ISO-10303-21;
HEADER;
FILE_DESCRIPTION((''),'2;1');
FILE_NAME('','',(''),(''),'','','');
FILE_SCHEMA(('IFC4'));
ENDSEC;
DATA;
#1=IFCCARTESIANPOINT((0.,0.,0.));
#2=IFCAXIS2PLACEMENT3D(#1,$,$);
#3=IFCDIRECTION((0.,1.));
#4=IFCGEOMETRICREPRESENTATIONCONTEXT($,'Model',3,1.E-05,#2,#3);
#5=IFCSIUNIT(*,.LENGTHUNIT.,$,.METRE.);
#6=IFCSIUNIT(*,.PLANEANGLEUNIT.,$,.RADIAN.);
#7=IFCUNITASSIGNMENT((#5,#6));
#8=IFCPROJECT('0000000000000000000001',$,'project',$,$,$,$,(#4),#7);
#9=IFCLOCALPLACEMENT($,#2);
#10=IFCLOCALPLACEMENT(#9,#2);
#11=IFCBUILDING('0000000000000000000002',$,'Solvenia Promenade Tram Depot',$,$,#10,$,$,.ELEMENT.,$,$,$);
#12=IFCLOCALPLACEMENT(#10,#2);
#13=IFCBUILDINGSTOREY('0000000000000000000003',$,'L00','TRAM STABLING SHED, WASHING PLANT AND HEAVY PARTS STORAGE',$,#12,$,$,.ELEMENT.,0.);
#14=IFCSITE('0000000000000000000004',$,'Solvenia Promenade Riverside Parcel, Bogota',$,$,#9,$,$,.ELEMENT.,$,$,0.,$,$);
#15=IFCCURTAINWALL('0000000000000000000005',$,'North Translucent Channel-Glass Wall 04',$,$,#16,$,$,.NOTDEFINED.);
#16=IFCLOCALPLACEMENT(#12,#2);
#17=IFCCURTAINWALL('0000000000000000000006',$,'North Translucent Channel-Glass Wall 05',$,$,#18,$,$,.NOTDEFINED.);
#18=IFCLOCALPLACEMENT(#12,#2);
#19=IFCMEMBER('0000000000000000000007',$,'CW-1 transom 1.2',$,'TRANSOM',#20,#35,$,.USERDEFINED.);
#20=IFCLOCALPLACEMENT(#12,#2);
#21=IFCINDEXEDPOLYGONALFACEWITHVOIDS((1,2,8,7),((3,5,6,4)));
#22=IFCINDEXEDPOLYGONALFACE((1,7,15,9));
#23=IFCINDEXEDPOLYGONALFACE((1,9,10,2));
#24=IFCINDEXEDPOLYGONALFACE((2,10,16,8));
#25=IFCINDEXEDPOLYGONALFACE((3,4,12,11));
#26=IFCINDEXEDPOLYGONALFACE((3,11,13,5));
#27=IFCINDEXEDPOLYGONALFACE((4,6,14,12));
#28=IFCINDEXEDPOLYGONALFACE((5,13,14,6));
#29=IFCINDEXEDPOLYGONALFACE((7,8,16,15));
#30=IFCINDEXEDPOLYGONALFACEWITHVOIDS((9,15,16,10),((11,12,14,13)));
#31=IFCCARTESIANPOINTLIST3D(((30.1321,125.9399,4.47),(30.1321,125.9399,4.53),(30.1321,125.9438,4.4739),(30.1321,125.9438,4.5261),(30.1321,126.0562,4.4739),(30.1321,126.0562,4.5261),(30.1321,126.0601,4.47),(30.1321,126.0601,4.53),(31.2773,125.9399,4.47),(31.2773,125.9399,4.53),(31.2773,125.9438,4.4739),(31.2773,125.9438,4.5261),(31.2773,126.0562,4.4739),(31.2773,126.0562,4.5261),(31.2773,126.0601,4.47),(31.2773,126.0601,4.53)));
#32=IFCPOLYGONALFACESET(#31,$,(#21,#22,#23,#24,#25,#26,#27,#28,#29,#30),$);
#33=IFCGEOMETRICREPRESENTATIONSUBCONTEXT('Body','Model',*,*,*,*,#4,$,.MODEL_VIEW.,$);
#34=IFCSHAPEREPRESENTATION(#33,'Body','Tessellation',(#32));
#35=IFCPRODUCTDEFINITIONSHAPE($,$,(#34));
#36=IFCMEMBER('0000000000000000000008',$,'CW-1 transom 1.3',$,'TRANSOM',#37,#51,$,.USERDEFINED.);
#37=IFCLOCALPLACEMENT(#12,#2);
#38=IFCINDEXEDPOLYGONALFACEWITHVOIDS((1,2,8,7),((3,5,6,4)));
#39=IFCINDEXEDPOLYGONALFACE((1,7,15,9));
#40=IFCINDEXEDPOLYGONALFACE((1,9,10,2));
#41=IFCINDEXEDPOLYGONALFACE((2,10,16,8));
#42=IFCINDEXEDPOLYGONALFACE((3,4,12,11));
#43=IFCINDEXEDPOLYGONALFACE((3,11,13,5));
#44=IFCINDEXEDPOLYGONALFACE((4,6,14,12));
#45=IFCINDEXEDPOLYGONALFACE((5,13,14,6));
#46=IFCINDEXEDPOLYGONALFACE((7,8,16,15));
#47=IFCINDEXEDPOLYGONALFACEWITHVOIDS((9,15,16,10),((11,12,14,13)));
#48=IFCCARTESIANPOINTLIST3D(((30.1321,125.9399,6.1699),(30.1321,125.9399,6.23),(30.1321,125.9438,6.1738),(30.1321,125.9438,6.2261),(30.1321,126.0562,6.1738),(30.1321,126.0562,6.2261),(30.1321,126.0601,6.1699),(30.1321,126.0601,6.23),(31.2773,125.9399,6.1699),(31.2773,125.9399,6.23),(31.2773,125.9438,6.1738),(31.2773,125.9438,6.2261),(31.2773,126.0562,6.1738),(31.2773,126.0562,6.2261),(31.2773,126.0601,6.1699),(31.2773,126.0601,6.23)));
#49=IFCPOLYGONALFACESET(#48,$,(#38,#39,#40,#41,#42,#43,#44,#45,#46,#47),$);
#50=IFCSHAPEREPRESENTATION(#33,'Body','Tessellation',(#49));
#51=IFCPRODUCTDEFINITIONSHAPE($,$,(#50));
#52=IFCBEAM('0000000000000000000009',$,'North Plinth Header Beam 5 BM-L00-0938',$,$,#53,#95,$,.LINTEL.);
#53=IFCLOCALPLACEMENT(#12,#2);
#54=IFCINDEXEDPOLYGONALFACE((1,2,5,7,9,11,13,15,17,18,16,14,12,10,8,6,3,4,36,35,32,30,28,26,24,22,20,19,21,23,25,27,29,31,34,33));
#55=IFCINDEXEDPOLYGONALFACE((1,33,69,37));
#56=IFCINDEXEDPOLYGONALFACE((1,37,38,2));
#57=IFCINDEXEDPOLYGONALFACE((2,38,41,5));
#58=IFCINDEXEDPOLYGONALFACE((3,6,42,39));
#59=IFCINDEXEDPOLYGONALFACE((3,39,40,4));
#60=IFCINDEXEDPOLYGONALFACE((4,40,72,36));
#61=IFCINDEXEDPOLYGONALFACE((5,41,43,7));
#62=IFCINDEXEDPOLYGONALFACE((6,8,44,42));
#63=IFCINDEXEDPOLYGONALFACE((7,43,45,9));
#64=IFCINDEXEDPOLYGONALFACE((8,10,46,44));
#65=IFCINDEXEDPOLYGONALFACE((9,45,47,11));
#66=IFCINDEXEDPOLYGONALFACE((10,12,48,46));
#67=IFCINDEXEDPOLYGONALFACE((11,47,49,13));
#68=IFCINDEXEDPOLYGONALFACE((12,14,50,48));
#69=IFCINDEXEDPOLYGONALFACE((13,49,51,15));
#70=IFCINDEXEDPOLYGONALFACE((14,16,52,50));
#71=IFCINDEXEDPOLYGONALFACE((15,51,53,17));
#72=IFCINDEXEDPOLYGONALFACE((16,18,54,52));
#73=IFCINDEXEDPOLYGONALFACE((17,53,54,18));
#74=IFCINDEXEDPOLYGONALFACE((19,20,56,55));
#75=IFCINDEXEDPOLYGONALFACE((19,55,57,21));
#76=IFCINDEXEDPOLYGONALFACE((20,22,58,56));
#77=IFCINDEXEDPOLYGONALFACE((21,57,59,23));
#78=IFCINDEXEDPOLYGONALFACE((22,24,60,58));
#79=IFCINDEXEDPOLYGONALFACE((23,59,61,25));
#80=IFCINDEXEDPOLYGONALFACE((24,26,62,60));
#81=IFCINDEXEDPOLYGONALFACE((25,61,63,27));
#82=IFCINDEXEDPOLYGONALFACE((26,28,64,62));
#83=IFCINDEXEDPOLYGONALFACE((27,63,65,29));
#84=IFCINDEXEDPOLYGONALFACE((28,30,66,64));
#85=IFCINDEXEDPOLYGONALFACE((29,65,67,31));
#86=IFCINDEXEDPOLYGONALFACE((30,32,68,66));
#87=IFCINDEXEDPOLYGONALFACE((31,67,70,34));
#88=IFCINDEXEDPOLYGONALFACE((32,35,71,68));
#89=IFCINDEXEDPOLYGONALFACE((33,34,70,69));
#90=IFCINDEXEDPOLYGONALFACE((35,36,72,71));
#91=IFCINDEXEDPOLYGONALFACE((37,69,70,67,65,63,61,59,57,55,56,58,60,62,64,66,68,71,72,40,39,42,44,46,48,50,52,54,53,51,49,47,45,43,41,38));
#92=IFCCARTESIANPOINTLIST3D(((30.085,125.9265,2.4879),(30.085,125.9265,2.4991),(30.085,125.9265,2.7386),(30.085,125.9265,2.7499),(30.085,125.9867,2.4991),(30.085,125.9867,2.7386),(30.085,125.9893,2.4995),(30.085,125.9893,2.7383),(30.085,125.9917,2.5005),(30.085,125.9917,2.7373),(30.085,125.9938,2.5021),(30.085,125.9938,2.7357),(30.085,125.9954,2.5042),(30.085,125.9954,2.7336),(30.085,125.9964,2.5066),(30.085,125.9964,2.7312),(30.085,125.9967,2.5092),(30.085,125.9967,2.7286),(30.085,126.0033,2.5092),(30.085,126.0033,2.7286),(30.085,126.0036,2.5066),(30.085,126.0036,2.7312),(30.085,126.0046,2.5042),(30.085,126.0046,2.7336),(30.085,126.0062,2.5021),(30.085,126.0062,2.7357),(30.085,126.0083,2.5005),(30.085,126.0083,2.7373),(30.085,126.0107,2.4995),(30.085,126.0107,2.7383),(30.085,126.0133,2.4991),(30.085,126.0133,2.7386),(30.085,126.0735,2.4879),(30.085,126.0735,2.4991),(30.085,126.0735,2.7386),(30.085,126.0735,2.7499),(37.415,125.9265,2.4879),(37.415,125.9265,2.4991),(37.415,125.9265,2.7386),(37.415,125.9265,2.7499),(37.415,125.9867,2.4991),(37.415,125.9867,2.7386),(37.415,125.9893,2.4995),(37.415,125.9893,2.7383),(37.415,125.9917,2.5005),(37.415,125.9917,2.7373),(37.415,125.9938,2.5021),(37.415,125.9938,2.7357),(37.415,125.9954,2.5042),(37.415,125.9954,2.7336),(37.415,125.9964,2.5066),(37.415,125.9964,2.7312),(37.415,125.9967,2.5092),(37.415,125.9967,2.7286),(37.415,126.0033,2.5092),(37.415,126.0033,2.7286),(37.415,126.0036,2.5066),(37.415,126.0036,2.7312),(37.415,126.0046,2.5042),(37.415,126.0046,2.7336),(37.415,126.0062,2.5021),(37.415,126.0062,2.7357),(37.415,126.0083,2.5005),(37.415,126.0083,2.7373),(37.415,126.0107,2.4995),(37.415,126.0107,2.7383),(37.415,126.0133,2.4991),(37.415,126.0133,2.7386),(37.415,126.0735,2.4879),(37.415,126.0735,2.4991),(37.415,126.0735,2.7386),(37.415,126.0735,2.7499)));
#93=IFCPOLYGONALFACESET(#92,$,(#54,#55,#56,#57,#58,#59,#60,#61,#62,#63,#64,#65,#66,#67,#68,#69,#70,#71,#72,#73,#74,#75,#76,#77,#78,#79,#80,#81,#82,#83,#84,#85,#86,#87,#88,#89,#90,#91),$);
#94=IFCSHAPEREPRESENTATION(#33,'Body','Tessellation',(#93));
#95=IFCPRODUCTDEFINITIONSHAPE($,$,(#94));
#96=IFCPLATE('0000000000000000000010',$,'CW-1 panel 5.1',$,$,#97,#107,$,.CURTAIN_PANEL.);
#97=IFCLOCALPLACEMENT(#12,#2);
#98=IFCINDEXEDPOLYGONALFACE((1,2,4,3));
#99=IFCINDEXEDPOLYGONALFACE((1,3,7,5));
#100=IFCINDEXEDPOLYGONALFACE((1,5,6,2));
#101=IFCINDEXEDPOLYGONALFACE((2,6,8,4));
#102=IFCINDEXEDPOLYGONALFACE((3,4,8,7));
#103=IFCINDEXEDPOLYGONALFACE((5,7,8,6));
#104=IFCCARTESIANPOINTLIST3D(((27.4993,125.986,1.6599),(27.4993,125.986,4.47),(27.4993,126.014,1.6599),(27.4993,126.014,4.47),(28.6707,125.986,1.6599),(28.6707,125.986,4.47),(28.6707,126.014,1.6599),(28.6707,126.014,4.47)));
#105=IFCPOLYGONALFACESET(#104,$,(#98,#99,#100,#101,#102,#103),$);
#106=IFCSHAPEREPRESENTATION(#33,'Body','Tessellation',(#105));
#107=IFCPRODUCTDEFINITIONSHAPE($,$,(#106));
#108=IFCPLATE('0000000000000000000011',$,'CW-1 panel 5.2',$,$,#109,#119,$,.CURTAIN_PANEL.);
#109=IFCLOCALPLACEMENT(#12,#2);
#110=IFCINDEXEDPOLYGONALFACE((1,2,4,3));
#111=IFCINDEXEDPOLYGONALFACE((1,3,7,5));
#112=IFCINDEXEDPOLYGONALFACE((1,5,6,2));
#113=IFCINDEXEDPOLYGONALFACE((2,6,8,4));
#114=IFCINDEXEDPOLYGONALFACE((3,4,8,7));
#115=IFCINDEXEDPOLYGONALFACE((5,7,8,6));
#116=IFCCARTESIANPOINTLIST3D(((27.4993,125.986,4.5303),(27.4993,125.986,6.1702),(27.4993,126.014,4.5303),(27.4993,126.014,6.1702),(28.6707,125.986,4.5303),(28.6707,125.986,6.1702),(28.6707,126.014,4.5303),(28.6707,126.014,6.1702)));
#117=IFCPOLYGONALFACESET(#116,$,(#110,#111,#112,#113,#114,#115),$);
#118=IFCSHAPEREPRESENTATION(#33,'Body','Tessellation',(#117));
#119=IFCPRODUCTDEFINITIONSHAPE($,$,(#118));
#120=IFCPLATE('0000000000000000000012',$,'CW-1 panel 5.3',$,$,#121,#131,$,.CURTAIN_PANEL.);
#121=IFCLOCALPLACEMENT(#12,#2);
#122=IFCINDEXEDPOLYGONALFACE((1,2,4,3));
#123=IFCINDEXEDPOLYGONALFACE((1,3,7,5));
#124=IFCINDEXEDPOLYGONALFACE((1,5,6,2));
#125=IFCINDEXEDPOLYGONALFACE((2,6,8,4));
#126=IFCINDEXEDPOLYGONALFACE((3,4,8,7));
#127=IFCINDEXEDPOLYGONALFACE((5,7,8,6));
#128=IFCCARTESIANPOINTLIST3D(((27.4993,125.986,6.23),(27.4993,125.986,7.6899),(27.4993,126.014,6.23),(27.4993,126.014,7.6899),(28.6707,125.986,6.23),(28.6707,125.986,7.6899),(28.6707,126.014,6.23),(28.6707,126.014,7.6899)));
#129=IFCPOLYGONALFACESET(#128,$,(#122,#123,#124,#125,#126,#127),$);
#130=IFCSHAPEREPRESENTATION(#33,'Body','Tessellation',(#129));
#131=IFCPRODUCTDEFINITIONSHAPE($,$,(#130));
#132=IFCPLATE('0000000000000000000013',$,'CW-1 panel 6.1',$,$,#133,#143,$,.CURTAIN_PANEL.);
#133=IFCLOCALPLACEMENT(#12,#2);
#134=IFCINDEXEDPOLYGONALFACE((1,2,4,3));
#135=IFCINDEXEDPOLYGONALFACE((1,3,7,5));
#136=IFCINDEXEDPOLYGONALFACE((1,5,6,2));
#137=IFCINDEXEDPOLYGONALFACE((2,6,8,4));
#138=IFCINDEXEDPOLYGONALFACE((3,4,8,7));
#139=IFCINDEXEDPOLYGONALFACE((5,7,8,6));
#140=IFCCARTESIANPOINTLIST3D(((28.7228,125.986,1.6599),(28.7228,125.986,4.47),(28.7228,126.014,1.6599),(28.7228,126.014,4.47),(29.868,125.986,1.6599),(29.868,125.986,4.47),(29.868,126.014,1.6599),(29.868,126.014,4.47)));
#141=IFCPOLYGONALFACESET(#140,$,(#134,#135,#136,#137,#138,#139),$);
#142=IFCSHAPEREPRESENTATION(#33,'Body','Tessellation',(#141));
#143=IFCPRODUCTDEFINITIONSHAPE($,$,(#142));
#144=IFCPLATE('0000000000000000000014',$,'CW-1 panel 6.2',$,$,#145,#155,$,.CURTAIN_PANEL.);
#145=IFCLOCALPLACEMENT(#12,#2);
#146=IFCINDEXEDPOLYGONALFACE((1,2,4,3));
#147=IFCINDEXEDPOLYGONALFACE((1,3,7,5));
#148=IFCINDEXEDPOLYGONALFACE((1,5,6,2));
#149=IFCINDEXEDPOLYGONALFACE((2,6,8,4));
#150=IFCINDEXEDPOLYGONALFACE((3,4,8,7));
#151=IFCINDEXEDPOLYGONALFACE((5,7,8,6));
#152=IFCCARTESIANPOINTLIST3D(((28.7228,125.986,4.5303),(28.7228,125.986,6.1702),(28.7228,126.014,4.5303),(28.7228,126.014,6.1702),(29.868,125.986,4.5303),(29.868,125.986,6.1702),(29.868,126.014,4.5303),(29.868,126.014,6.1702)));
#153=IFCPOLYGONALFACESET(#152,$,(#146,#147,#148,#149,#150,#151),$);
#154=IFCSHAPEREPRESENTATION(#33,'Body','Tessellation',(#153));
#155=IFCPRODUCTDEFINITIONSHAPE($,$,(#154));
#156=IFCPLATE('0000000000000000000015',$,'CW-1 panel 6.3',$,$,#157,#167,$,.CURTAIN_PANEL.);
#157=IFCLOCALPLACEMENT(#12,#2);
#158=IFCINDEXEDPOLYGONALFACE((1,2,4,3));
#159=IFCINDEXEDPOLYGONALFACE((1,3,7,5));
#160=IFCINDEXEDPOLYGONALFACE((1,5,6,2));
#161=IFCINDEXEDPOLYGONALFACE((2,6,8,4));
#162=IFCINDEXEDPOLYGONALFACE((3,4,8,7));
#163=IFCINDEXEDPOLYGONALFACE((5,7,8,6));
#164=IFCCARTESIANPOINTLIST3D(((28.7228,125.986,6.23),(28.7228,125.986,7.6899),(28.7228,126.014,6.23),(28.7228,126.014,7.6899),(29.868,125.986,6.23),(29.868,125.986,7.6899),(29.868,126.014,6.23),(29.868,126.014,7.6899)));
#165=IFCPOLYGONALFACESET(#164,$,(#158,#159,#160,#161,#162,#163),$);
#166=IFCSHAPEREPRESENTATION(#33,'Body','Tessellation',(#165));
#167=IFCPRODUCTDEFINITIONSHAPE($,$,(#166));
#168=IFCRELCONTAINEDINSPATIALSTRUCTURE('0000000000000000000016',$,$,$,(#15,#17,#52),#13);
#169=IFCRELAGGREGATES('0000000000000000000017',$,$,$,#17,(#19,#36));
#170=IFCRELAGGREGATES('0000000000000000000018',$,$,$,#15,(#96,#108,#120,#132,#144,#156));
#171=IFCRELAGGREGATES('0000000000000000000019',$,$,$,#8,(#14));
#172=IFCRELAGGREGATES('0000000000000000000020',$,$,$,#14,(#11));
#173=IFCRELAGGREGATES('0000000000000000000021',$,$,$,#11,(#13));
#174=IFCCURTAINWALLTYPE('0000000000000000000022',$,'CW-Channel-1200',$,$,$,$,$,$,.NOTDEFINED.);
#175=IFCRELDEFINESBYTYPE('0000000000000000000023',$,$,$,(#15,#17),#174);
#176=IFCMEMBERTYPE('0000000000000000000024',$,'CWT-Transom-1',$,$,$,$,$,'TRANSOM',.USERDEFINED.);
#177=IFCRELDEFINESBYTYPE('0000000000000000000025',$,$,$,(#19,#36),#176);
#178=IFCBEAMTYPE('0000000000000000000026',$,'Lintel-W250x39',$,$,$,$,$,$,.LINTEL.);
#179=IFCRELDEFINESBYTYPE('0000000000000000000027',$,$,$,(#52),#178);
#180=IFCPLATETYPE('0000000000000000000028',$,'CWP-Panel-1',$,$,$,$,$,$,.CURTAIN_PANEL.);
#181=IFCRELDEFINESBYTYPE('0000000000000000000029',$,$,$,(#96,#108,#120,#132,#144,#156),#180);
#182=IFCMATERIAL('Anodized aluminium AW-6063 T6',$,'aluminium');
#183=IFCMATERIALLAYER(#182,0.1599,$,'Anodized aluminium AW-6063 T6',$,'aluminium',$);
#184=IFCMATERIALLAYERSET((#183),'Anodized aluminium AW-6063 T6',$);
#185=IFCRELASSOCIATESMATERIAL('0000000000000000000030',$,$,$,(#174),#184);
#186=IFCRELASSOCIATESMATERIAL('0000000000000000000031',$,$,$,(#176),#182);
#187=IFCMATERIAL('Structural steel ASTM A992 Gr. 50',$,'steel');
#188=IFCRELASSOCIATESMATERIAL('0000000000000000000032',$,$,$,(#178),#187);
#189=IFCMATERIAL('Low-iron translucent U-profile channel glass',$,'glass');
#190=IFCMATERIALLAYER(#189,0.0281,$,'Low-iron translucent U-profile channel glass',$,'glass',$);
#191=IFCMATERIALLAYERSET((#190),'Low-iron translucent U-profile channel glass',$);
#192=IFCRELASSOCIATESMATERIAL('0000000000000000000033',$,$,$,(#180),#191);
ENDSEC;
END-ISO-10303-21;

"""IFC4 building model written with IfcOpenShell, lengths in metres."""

from ifc_helpers import new_model, si_unit, direction, frame, origin, origin_2d, place, context, subcontext, project, spatial, rectangle, hollow_rectangle, i_section, extrude, material, layer, layer_set, material_profile, profile_set, type_object, element, aggregate, save


model = new_model("IFC4")

# Units and contexts
model_context = context("Model", 3, precision=1e-05, world=origin(), true_north=direction((0.0, 1.0)))
body_context = subcontext(model_context, "Body", "Model", "MODEL_VIEW")
ifc_project = project(units=[si_unit("LENGTHUNIT", "METRE"), si_unit("PLANEANGLEUNIT", "RADIAN")], contexts=[model_context])

# Site, building, storey
site_placement = place(None, origin())
site = spatial("IfcSite", under=ifc_project, at=site_placement, Name="Solvenia Promenade Riverside Parcel, Bogota", CompositionType="ELEMENT", RefElevation=0.0)
building_placement = place(site_placement, origin())
building = spatial("IfcBuilding", under=site, at=building_placement, Name="Solvenia Promenade Tram Depot", CompositionType="ELEMENT")
storey_placement = place(building_placement, origin())
storey = spatial("IfcBuildingStorey", under=building, at=storey_placement, Name="L00", Description="TRAM STABLING SHED, WASHING PLANT AND HEAVY PARTS STORAGE", CompositionType="ELEMENT", Elevation=0.0)

# Shared definitions
ifc_material_1 = material(Name="Structural steel ASTM A992 Gr. 50", Category="steel")

# Curtain wall
ifc_material_2 = material(Name="Anodized aluminium AW-6063 T6", Category="aluminium")
ifc_layer_1 = layer(ifc_material_2, 0.1599, Name="Anodized aluminium AW-6063 T6", Category="aluminium")
ifc_layer_set_1 = layer_set([ifc_layer_1], Name="Anodized aluminium AW-6063 T6")
curtain_wall_type = type_object("IfcCurtainWallType", Name="CW-Channel-1200", PredefinedType="NOTDEFINED", material=ifc_layer_set_1)
curtain_wall_1_placement = place(storey_placement, origin())
curtain_wall_1 = element("IfcCurtainWall", 1, at=curtain_wall_1_placement, inside=storey, type_object=curtain_wall_type, Name="North Translucent Channel-Glass Wall 04", PredefinedType="NOTDEFINED")

# Curtain wall
curtain_wall_2_placement = place(storey_placement, origin())
curtain_wall_2 = element("IfcCurtainWall", 2, at=curtain_wall_2_placement, inside=storey, type_object=curtain_wall_type, Name="North Translucent Channel-Glass Wall 05", PredefinedType="NOTDEFINED")

# Members
ifc_material_profile_1 = material_profile(ifc_material_2, hollow_rectangle(XDim=0.1201, YDim=0.0601, WallThickness=0.0039, at=origin_2d()), Name="ALU-T1", Category="aluminium")
ifc_profile_set_1 = profile_set([ifc_material_profile_1], Name="Anodized aluminium AW-6063 T6")
member_type_1 = type_object("IfcMemberType", Name="CWT-Transom-1", ElementType="TRANSOM", PredefinedType="USERDEFINED", material=ifc_profile_set_1)
member_1_placement = place(storey_placement, frame((30.1321, 126.0, 4.5), z_axis=(1.0, 0.0, 0.0), x_axis=(0.0, 1.0, 0.0)))
member_1 = element("IfcMember", 3, at=member_1_placement, type_object=member_type_1, Name="CW-1 transom 1.2", ObjectType="TRANSOM", PredefinedType="USERDEFINED", context=body_context, shape_type="SweptSolid", body=[
    extrude(hollow_rectangle(XDim=0.1201, YDim=0.0601, WallThickness=0.0039, at=origin_2d()), origin(), (0.0, 0.0, 1.0), 1.1453),
])
member_2_placement = place(storey_placement, frame((30.1321, 126.0, 6.2), z_axis=(1.0, 0.0, 0.0), x_axis=(0.0, 1.0, 0.0)))
member_2 = element("IfcMember", 4, at=member_2_placement, type_object=member_type_1, Name="CW-1 transom 1.3", ObjectType="TRANSOM", PredefinedType="USERDEFINED", context=body_context, shape_type="SweptSolid", body=[
    extrude(hollow_rectangle(XDim=0.1201, YDim=0.0601, WallThickness=0.0039, at=origin_2d()), origin(), (0.0, 0.0, 1.0), 1.1453),
])
aggregate(curtain_wall_2, [member_1, member_2])

# Beam
ifc_material_profile_2 = material_profile(ifc_material_1, i_section(OverallWidth=0.147, OverallDepth=0.262, WebThickness=0.0066, FlangeThickness=0.0112, FilletRadius=0.01, at=origin_2d()), Name="W250x39", Category="steel")
ifc_profile_set_2 = profile_set([ifc_material_profile_2], Name="Structural steel ASTM A992 Gr. 50")
beam_type = type_object("IfcBeamType", Name="Lintel-W250x39", PredefinedType="LINTEL", material=ifc_profile_set_2)
beam_placement = place(storey_placement, frame((30.085, 126.0, 2.6189), z_axis=(1.0, 0.0, 0.0), x_axis=(0.0, 1.0, 0.0)))
element("IfcBeam", 5, at=beam_placement, inside=storey, type_object=beam_type, Name="North Plinth Header Beam 5 BM-L00-0938", PredefinedType="LINTEL", context=body_context, shape_type="SweptSolid", body=[
    extrude(i_section(OverallWidth=0.147, OverallDepth=0.262, WebThickness=0.0066, FlangeThickness=0.0112, FilletRadius=0.01, at=origin_2d()), origin(), (0.0, 0.0, 1.0), 7.3301),
])

# Plates
ifc_material_3 = material(Name="Low-iron translucent U-profile channel glass", Category="glass")
ifc_layer_2 = layer(ifc_material_3, 0.0281, Name="Low-iron translucent U-profile channel glass", Category="glass")
ifc_layer_set_2 = layer_set([ifc_layer_2], Name="Low-iron translucent U-profile channel glass")
plate_type = type_object("IfcPlateType", Name="CWP-Panel-1", PredefinedType="CURTAIN_PANEL", material=ifc_layer_set_2)
plate_1_placement = place(storey_placement, frame((28.085, 126.0, 1.6599), z_axis=(0.0, 0.0, 1.0), x_axis=(1.0, 0.0, 0.0)))
plate_1 = element("IfcPlate", 6, at=plate_1_placement, type_object=plate_type, Name="CW-1 panel 5.1", PredefinedType="CURTAIN_PANEL", context=body_context, shape_type="SweptSolid", body=[
    extrude(rectangle(XDim=1.1714, YDim=0.0281, at=origin_2d()), origin(), (0.0, 0.0, 1.0), 2.8101),
])
plate_2_placement = place(storey_placement, frame((28.085, 126.0, 4.5303), z_axis=(0.0, 0.0, 1.0), x_axis=(1.0, 0.0, 0.0)))
plate_2 = element("IfcPlate", 7, at=plate_2_placement, type_object=plate_type, Name="CW-1 panel 5.2", PredefinedType="CURTAIN_PANEL", context=body_context, shape_type="SweptSolid", body=[
    extrude(rectangle(XDim=1.1714, YDim=0.0281, at=origin_2d()), origin(), (0.0, 0.0, 1.0), 1.6399),
])
plate_3_placement = place(storey_placement, frame((28.085, 126.0, 6.23), z_axis=(0.0, 0.0, 1.0), x_axis=(1.0, 0.0, 0.0)))
plate_3 = element("IfcPlate", 8, at=plate_3_placement, type_object=plate_type, Name="CW-1 panel 5.3", PredefinedType="CURTAIN_PANEL", context=body_context, shape_type="SweptSolid", body=[
    extrude(rectangle(XDim=1.1714, YDim=0.0281, at=origin_2d()), origin(), (0.0, 0.0, 1.0), 1.46),
])
plate_4_placement = place(storey_placement, frame((29.2954, 126.0, 1.6599), z_axis=(0.0, 0.0, 1.0), x_axis=(1.0, 0.0, 0.0)))
plate_4 = element("IfcPlate", 9, at=plate_4_placement, type_object=plate_type, Name="CW-1 panel 6.1", PredefinedType="CURTAIN_PANEL", context=body_context, shape_type="SweptSolid", body=[
    extrude(rectangle(XDim=1.1453, YDim=0.0281, at=origin_2d()), origin(), (0.0, 0.0, 1.0), 2.8101),
])
plate_5_placement = place(storey_placement, frame((29.2954, 126.0, 4.5303), z_axis=(0.0, 0.0, 1.0), x_axis=(1.0, 0.0, 0.0)))
plate_5 = element("IfcPlate", 10, at=plate_5_placement, type_object=plate_type, Name="CW-1 panel 6.2", PredefinedType="CURTAIN_PANEL", context=body_context, shape_type="SweptSolid", body=[
    extrude(rectangle(XDim=1.1453, YDim=0.0281, at=origin_2d()), origin(), (0.0, 0.0, 1.0), 1.6399),
])
plate_6_placement = place(storey_placement, frame((29.2954, 126.0, 6.23), z_axis=(0.0, 0.0, 1.0), x_axis=(1.0, 0.0, 0.0)))
plate_6 = element("IfcPlate", 11, at=plate_6_placement, type_object=plate_type, Name="CW-1 panel 6.3", PredefinedType="CURTAIN_PANEL", context=body_context, shape_type="SweptSolid", body=[
    extrude(rectangle(XDim=1.1453, YDim=0.0281, at=origin_2d()), origin(), (0.0, 0.0, 1.0), 1.46),
])
aggregate(curtain_wall_1, [plate_1, plate_2, plate_3, plate_4, plate_5, plate_6])

save(model, "model.ifc")
